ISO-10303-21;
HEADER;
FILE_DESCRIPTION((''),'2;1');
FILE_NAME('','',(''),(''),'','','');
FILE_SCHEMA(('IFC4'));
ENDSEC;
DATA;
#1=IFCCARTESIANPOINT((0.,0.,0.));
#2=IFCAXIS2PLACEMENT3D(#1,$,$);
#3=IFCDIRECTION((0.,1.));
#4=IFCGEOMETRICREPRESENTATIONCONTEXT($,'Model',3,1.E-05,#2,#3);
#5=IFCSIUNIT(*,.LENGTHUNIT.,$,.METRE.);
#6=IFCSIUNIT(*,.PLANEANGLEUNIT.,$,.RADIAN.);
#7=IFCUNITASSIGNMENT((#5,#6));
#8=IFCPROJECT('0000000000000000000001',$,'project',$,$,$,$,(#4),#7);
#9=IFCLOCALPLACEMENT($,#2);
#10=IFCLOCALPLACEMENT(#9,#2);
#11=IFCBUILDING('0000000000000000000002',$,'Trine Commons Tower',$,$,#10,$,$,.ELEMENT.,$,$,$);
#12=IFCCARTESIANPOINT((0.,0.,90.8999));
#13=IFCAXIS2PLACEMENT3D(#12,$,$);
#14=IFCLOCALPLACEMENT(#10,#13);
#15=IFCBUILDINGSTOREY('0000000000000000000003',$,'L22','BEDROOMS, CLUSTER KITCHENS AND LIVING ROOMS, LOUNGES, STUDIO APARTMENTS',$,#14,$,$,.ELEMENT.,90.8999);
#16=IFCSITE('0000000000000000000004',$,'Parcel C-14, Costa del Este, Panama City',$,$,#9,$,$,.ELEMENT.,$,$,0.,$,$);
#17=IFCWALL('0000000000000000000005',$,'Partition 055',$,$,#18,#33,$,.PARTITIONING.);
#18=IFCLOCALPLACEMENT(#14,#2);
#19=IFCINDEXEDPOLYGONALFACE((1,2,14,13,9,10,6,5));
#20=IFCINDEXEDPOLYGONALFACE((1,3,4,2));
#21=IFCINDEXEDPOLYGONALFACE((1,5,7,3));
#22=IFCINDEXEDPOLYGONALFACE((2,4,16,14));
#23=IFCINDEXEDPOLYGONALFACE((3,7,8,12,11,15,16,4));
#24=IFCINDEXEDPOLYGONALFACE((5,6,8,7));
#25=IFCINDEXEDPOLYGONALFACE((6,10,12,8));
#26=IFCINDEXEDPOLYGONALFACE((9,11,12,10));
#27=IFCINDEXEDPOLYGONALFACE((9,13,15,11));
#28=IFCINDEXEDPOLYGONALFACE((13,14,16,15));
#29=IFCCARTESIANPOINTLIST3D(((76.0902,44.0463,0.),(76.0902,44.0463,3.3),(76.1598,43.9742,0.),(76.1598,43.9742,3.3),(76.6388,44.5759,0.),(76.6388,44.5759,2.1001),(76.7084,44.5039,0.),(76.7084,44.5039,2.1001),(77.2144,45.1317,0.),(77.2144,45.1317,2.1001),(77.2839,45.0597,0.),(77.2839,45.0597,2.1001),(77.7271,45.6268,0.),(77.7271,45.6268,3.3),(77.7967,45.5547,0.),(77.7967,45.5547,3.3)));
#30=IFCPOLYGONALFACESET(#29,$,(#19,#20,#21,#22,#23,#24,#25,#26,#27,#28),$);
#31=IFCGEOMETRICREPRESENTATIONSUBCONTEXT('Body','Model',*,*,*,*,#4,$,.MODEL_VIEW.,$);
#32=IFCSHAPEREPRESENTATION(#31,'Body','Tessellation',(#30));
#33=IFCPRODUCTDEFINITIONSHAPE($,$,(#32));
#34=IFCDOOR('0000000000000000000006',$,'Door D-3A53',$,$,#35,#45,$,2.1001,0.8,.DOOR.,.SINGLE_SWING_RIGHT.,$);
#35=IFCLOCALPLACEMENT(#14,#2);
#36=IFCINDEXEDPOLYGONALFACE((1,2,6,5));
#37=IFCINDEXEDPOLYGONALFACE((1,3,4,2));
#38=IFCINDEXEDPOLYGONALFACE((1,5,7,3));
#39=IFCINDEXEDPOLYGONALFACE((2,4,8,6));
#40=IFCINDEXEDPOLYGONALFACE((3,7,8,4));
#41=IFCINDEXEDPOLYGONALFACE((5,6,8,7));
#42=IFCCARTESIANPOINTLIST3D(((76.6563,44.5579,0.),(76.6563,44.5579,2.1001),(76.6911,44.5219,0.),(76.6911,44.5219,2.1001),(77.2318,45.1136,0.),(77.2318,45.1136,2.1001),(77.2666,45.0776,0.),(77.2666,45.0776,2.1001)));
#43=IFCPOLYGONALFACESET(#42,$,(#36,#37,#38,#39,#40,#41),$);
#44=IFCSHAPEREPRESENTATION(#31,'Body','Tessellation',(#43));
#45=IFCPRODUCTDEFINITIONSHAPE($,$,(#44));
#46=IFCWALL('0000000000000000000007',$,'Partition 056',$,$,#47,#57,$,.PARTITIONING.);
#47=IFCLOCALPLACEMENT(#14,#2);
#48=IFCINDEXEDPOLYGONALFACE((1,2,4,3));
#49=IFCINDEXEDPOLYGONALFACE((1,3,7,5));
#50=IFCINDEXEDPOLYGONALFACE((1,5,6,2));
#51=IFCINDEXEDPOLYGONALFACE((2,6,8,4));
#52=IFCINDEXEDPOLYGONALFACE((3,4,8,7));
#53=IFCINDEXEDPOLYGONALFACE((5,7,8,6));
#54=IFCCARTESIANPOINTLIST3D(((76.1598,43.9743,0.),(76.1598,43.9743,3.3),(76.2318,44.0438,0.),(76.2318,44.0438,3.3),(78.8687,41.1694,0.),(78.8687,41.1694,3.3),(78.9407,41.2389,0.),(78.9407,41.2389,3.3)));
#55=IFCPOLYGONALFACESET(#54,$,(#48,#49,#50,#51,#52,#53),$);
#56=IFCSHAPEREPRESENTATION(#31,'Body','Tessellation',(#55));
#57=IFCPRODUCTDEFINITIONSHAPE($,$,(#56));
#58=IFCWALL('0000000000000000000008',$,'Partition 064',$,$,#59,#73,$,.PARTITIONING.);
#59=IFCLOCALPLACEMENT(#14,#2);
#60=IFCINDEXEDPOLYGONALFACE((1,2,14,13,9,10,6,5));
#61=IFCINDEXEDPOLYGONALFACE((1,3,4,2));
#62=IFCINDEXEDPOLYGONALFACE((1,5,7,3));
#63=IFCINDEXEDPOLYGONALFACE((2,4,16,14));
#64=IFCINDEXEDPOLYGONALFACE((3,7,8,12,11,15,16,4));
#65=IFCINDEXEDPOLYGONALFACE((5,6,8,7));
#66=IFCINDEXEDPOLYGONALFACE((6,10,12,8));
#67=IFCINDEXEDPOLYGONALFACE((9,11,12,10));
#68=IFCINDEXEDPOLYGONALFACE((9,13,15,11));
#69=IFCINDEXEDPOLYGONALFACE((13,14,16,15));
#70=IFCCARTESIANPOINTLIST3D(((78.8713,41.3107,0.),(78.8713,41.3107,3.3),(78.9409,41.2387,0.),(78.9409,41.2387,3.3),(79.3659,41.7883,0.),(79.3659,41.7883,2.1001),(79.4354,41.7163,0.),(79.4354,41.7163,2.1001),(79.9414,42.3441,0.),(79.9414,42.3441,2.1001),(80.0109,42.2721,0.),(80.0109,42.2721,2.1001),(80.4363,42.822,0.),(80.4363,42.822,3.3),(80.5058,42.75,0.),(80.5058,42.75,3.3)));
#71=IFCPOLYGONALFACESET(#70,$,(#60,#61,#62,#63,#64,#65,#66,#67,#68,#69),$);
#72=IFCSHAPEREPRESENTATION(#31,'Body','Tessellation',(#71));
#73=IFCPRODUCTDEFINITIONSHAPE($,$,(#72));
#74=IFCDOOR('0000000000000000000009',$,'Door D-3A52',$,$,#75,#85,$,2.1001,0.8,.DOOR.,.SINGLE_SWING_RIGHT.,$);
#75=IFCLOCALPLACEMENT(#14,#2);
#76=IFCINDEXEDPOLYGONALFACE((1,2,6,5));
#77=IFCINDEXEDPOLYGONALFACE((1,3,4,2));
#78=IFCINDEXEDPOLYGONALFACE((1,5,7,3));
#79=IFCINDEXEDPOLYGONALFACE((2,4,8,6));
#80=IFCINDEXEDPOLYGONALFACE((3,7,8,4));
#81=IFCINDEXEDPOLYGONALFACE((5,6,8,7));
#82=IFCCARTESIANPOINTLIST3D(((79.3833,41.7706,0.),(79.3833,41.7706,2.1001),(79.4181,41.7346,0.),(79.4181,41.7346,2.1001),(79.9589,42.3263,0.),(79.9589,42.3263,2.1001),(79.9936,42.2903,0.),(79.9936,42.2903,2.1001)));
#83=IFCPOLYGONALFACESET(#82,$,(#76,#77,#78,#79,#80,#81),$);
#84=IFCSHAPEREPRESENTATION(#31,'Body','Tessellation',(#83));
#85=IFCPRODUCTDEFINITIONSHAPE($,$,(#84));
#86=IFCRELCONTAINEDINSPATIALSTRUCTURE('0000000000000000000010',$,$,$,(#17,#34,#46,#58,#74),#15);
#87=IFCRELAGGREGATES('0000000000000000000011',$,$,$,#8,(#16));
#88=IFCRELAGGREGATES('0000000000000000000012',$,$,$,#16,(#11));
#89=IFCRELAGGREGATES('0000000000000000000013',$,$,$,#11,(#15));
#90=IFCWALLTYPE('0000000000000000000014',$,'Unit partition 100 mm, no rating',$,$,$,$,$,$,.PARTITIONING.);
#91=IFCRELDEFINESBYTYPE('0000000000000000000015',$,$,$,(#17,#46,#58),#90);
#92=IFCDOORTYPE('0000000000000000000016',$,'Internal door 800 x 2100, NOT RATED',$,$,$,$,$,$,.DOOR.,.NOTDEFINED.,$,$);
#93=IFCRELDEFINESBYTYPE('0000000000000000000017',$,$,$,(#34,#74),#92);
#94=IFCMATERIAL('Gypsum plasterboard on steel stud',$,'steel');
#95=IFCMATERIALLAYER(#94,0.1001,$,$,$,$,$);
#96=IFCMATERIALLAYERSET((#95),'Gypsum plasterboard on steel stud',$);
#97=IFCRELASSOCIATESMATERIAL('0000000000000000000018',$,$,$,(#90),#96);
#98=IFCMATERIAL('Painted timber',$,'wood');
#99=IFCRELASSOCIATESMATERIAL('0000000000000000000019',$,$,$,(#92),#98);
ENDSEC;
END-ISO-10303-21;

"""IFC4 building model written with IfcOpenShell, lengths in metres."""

from ifc_helpers import new_model, si_unit, direction, frame, frame_2d, origin, place, context, subcontext, project, spatial, rectangle, extrude, material, layer, layer_set, type_object, element, fill, save


model = new_model("IFC4")

# Units and contexts
model_context = context("Model", 3, precision=1e-05, world=origin(), true_north=direction((0.0, 1.0)))
body_context = subcontext(model_context, "Body", "Model", "MODEL_VIEW")
ifc_project = project(units=[si_unit("LENGTHUNIT", "METRE"), si_unit("PLANEANGLEUNIT", "RADIAN")], contexts=[model_context])

# Site, building, storey
site_placement = place(None, origin())
site = spatial("IfcSite", under=ifc_project, at=site_placement, Name="Parcel C-14, Costa del Este, Panama City", CompositionType="ELEMENT", RefElevation=0.0)
building_placement = place(site_placement, origin())
building = spatial("IfcBuilding", under=site, at=building_placement, Name="Trine Commons Tower", CompositionType="ELEMENT")
storey_placement = place(building_placement, frame((0.0, 0.0, 90.8999)))
storey = spatial("IfcBuildingStorey", under=building, at=storey_placement, Name="L22", Description="BEDROOMS, CLUSTER KITCHENS AND LIVING ROOMS, LOUNGES, STUDIO APARTMENTS", CompositionType="ELEMENT", Elevation=90.8999)

# Shared definitions
ifc_material_1 = material(Name="Gypsum plasterboard on steel stud", Category="steel")

# Wall, opening, door
ifc_layer_1 = layer(ifc_material_1, 0.1001)
ifc_layer_set_1 = layer_set([ifc_layer_1], Name="Gypsum plasterboard on steel stud")
wall_type_1 = type_object("IfcWallType", Name="Unit partition 100 mm, no rating", PredefinedType="PARTITIONING", material=ifc_layer_set_1)
wall_1_placement = place(storey_placement, frame((76.125, 44.0103, 0.0), z_axis=(0.0, 0.0, 1.0), x_axis=(0.71939, 0.694606, 0.0)))
wall_1 = element("IfcWall", 1, at=wall_1_placement, inside=storey, type_object=wall_type_1, Name="Partition 055", PredefinedType="PARTITIONING", context=body_context, shape_type="SweptSolid", body=[
    extrude(rectangle(XDim=2.2754, YDim=0.1001, at=frame_2d((1.1377, 0.0))), origin(), (0.0, 0.0, 1.0), 3.3),
])
opening_1_placement = place(wall_1_placement, frame((0.7627, 0.0, 0.0)))
opening_1 = element("IfcOpeningElement", 2, at=opening_1_placement, cuts=wall_1, PredefinedType="OPENING", context=body_context, shape_type="SweptSolid", body=[
    extrude(rectangle(XDim=0.8, YDim=2.1001, at=frame_2d((0.3999, 1.05))), frame((0.0, 0.0601, 0.0), z_axis=(0.0, -1.0, 0.0), x_axis=(1.0, 0.0, 0.0)), (0.0, 0.0, 1.0), 0.1201),
])
ifc_material_2 = material(Name="Painted timber", Category="wood")
door_type_1 = type_object("IfcDoorType", Name="Internal door 800 x 2100, NOT RATED", OperationType="NOTDEFINED", PredefinedType="DOOR", material=ifc_material_2)
door_1_placement = place(opening_1_placement, origin())
door_1 = element("IfcDoor", 3, at=door_1_placement, inside=storey, type_object=door_type_1, Name="Door D-3A53", OperationType="SINGLE_SWING_RIGHT", OverallHeight=2.1001, OverallWidth=0.8, PredefinedType="DOOR", context=body_context, shape_type="SweptSolid", body=[
    extrude(rectangle(XDim=0.8, YDim=2.1001, at=frame_2d((0.3999, 1.05))), frame((0.0, 0.0249, 0.0), z_axis=(0.0, -1.0, 0.0), x_axis=(1.0, 0.0, 0.0)), (0.0, 0.0, 1.0), 0.05),
])
fill(opening_1, door_1)

# Wall
wall_2_placement = place(storey_placement, frame((76.1958, 44.009, 0.0), z_axis=(0.0, 0.0, 1.0), x_axis=(0.694697, -0.719302, 0.0)))
element("IfcWall", 4, at=wall_2_placement, inside=storey, type_object=wall_type_1, Name="Partition 056", PredefinedType="PARTITIONING", context=body_context, shape_type="SweptSolid", body=[
    extrude(rectangle(XDim=3.8994, YDim=0.1001, at=frame_2d((1.9497, 0.0))), origin(), (0.0, 0.0, 1.0), 3.3),
])

# Wall, opening, door
wall_3_placement = place(storey_placement, frame((78.906, 41.2747, 0.0), z_axis=(0.0, 0.0, 1.0), x_axis=(0.719343, 0.694655, 0.0)))
wall_3 = element("IfcWall", 5, at=wall_3_placement, inside=storey, type_object=wall_type_1, Name="Partition 064", PredefinedType="PARTITIONING", context=body_context, shape_type="SweptSolid", body=[
    extrude(rectangle(XDim=2.1755, YDim=0.1001, at=frame_2d((1.0879, 0.0))), origin(), (0.0, 0.0, 1.0), 3.3),
])
opening_2_placement = place(wall_3_placement, frame((0.6877, 0.0, 0.0)))
opening_2 = element("IfcOpeningElement", 6, at=opening_2_placement, cuts=wall_3, PredefinedType="OPENING", context=body_context, shape_type="SweptSolid", body=[
    extrude(rectangle(XDim=0.8, YDim=2.1001, at=frame_2d((0.3999, 1.05))), frame((0.0, 0.0601, 0.0), z_axis=(0.0, -1.0, 0.0), x_axis=(1.0, 0.0, 0.0)), (0.0, 0.0, 1.0), 0.1201),
])
door_2_placement = place(opening_2_placement, frame((0.8, 0.0, 0.0), z_axis=(0.0, 0.0, 1.0), x_axis=(-1.0, 0.0, 0.0)))
door_2 = element("IfcDoor", 7, at=door_2_placement, inside=storey, type_object=door_type_1, Name="Door D-3A52", OperationType="SINGLE_SWING_RIGHT", OverallHeight=2.1001, OverallWidth=0.8, PredefinedType="DOOR", context=body_context, shape_type="SweptSolid", body=[
    extrude(rectangle(XDim=0.8, YDim=2.1001, at=frame_2d((0.3999, 1.05))), frame((0.0, 0.0249, 0.0), z_axis=(0.0, -1.0, 0.0), x_axis=(1.0, 0.0, 0.0)), (0.0, 0.0, 1.0), 0.05),
])
fill(opening_2, door_2)

save(model, "model.ifc")
